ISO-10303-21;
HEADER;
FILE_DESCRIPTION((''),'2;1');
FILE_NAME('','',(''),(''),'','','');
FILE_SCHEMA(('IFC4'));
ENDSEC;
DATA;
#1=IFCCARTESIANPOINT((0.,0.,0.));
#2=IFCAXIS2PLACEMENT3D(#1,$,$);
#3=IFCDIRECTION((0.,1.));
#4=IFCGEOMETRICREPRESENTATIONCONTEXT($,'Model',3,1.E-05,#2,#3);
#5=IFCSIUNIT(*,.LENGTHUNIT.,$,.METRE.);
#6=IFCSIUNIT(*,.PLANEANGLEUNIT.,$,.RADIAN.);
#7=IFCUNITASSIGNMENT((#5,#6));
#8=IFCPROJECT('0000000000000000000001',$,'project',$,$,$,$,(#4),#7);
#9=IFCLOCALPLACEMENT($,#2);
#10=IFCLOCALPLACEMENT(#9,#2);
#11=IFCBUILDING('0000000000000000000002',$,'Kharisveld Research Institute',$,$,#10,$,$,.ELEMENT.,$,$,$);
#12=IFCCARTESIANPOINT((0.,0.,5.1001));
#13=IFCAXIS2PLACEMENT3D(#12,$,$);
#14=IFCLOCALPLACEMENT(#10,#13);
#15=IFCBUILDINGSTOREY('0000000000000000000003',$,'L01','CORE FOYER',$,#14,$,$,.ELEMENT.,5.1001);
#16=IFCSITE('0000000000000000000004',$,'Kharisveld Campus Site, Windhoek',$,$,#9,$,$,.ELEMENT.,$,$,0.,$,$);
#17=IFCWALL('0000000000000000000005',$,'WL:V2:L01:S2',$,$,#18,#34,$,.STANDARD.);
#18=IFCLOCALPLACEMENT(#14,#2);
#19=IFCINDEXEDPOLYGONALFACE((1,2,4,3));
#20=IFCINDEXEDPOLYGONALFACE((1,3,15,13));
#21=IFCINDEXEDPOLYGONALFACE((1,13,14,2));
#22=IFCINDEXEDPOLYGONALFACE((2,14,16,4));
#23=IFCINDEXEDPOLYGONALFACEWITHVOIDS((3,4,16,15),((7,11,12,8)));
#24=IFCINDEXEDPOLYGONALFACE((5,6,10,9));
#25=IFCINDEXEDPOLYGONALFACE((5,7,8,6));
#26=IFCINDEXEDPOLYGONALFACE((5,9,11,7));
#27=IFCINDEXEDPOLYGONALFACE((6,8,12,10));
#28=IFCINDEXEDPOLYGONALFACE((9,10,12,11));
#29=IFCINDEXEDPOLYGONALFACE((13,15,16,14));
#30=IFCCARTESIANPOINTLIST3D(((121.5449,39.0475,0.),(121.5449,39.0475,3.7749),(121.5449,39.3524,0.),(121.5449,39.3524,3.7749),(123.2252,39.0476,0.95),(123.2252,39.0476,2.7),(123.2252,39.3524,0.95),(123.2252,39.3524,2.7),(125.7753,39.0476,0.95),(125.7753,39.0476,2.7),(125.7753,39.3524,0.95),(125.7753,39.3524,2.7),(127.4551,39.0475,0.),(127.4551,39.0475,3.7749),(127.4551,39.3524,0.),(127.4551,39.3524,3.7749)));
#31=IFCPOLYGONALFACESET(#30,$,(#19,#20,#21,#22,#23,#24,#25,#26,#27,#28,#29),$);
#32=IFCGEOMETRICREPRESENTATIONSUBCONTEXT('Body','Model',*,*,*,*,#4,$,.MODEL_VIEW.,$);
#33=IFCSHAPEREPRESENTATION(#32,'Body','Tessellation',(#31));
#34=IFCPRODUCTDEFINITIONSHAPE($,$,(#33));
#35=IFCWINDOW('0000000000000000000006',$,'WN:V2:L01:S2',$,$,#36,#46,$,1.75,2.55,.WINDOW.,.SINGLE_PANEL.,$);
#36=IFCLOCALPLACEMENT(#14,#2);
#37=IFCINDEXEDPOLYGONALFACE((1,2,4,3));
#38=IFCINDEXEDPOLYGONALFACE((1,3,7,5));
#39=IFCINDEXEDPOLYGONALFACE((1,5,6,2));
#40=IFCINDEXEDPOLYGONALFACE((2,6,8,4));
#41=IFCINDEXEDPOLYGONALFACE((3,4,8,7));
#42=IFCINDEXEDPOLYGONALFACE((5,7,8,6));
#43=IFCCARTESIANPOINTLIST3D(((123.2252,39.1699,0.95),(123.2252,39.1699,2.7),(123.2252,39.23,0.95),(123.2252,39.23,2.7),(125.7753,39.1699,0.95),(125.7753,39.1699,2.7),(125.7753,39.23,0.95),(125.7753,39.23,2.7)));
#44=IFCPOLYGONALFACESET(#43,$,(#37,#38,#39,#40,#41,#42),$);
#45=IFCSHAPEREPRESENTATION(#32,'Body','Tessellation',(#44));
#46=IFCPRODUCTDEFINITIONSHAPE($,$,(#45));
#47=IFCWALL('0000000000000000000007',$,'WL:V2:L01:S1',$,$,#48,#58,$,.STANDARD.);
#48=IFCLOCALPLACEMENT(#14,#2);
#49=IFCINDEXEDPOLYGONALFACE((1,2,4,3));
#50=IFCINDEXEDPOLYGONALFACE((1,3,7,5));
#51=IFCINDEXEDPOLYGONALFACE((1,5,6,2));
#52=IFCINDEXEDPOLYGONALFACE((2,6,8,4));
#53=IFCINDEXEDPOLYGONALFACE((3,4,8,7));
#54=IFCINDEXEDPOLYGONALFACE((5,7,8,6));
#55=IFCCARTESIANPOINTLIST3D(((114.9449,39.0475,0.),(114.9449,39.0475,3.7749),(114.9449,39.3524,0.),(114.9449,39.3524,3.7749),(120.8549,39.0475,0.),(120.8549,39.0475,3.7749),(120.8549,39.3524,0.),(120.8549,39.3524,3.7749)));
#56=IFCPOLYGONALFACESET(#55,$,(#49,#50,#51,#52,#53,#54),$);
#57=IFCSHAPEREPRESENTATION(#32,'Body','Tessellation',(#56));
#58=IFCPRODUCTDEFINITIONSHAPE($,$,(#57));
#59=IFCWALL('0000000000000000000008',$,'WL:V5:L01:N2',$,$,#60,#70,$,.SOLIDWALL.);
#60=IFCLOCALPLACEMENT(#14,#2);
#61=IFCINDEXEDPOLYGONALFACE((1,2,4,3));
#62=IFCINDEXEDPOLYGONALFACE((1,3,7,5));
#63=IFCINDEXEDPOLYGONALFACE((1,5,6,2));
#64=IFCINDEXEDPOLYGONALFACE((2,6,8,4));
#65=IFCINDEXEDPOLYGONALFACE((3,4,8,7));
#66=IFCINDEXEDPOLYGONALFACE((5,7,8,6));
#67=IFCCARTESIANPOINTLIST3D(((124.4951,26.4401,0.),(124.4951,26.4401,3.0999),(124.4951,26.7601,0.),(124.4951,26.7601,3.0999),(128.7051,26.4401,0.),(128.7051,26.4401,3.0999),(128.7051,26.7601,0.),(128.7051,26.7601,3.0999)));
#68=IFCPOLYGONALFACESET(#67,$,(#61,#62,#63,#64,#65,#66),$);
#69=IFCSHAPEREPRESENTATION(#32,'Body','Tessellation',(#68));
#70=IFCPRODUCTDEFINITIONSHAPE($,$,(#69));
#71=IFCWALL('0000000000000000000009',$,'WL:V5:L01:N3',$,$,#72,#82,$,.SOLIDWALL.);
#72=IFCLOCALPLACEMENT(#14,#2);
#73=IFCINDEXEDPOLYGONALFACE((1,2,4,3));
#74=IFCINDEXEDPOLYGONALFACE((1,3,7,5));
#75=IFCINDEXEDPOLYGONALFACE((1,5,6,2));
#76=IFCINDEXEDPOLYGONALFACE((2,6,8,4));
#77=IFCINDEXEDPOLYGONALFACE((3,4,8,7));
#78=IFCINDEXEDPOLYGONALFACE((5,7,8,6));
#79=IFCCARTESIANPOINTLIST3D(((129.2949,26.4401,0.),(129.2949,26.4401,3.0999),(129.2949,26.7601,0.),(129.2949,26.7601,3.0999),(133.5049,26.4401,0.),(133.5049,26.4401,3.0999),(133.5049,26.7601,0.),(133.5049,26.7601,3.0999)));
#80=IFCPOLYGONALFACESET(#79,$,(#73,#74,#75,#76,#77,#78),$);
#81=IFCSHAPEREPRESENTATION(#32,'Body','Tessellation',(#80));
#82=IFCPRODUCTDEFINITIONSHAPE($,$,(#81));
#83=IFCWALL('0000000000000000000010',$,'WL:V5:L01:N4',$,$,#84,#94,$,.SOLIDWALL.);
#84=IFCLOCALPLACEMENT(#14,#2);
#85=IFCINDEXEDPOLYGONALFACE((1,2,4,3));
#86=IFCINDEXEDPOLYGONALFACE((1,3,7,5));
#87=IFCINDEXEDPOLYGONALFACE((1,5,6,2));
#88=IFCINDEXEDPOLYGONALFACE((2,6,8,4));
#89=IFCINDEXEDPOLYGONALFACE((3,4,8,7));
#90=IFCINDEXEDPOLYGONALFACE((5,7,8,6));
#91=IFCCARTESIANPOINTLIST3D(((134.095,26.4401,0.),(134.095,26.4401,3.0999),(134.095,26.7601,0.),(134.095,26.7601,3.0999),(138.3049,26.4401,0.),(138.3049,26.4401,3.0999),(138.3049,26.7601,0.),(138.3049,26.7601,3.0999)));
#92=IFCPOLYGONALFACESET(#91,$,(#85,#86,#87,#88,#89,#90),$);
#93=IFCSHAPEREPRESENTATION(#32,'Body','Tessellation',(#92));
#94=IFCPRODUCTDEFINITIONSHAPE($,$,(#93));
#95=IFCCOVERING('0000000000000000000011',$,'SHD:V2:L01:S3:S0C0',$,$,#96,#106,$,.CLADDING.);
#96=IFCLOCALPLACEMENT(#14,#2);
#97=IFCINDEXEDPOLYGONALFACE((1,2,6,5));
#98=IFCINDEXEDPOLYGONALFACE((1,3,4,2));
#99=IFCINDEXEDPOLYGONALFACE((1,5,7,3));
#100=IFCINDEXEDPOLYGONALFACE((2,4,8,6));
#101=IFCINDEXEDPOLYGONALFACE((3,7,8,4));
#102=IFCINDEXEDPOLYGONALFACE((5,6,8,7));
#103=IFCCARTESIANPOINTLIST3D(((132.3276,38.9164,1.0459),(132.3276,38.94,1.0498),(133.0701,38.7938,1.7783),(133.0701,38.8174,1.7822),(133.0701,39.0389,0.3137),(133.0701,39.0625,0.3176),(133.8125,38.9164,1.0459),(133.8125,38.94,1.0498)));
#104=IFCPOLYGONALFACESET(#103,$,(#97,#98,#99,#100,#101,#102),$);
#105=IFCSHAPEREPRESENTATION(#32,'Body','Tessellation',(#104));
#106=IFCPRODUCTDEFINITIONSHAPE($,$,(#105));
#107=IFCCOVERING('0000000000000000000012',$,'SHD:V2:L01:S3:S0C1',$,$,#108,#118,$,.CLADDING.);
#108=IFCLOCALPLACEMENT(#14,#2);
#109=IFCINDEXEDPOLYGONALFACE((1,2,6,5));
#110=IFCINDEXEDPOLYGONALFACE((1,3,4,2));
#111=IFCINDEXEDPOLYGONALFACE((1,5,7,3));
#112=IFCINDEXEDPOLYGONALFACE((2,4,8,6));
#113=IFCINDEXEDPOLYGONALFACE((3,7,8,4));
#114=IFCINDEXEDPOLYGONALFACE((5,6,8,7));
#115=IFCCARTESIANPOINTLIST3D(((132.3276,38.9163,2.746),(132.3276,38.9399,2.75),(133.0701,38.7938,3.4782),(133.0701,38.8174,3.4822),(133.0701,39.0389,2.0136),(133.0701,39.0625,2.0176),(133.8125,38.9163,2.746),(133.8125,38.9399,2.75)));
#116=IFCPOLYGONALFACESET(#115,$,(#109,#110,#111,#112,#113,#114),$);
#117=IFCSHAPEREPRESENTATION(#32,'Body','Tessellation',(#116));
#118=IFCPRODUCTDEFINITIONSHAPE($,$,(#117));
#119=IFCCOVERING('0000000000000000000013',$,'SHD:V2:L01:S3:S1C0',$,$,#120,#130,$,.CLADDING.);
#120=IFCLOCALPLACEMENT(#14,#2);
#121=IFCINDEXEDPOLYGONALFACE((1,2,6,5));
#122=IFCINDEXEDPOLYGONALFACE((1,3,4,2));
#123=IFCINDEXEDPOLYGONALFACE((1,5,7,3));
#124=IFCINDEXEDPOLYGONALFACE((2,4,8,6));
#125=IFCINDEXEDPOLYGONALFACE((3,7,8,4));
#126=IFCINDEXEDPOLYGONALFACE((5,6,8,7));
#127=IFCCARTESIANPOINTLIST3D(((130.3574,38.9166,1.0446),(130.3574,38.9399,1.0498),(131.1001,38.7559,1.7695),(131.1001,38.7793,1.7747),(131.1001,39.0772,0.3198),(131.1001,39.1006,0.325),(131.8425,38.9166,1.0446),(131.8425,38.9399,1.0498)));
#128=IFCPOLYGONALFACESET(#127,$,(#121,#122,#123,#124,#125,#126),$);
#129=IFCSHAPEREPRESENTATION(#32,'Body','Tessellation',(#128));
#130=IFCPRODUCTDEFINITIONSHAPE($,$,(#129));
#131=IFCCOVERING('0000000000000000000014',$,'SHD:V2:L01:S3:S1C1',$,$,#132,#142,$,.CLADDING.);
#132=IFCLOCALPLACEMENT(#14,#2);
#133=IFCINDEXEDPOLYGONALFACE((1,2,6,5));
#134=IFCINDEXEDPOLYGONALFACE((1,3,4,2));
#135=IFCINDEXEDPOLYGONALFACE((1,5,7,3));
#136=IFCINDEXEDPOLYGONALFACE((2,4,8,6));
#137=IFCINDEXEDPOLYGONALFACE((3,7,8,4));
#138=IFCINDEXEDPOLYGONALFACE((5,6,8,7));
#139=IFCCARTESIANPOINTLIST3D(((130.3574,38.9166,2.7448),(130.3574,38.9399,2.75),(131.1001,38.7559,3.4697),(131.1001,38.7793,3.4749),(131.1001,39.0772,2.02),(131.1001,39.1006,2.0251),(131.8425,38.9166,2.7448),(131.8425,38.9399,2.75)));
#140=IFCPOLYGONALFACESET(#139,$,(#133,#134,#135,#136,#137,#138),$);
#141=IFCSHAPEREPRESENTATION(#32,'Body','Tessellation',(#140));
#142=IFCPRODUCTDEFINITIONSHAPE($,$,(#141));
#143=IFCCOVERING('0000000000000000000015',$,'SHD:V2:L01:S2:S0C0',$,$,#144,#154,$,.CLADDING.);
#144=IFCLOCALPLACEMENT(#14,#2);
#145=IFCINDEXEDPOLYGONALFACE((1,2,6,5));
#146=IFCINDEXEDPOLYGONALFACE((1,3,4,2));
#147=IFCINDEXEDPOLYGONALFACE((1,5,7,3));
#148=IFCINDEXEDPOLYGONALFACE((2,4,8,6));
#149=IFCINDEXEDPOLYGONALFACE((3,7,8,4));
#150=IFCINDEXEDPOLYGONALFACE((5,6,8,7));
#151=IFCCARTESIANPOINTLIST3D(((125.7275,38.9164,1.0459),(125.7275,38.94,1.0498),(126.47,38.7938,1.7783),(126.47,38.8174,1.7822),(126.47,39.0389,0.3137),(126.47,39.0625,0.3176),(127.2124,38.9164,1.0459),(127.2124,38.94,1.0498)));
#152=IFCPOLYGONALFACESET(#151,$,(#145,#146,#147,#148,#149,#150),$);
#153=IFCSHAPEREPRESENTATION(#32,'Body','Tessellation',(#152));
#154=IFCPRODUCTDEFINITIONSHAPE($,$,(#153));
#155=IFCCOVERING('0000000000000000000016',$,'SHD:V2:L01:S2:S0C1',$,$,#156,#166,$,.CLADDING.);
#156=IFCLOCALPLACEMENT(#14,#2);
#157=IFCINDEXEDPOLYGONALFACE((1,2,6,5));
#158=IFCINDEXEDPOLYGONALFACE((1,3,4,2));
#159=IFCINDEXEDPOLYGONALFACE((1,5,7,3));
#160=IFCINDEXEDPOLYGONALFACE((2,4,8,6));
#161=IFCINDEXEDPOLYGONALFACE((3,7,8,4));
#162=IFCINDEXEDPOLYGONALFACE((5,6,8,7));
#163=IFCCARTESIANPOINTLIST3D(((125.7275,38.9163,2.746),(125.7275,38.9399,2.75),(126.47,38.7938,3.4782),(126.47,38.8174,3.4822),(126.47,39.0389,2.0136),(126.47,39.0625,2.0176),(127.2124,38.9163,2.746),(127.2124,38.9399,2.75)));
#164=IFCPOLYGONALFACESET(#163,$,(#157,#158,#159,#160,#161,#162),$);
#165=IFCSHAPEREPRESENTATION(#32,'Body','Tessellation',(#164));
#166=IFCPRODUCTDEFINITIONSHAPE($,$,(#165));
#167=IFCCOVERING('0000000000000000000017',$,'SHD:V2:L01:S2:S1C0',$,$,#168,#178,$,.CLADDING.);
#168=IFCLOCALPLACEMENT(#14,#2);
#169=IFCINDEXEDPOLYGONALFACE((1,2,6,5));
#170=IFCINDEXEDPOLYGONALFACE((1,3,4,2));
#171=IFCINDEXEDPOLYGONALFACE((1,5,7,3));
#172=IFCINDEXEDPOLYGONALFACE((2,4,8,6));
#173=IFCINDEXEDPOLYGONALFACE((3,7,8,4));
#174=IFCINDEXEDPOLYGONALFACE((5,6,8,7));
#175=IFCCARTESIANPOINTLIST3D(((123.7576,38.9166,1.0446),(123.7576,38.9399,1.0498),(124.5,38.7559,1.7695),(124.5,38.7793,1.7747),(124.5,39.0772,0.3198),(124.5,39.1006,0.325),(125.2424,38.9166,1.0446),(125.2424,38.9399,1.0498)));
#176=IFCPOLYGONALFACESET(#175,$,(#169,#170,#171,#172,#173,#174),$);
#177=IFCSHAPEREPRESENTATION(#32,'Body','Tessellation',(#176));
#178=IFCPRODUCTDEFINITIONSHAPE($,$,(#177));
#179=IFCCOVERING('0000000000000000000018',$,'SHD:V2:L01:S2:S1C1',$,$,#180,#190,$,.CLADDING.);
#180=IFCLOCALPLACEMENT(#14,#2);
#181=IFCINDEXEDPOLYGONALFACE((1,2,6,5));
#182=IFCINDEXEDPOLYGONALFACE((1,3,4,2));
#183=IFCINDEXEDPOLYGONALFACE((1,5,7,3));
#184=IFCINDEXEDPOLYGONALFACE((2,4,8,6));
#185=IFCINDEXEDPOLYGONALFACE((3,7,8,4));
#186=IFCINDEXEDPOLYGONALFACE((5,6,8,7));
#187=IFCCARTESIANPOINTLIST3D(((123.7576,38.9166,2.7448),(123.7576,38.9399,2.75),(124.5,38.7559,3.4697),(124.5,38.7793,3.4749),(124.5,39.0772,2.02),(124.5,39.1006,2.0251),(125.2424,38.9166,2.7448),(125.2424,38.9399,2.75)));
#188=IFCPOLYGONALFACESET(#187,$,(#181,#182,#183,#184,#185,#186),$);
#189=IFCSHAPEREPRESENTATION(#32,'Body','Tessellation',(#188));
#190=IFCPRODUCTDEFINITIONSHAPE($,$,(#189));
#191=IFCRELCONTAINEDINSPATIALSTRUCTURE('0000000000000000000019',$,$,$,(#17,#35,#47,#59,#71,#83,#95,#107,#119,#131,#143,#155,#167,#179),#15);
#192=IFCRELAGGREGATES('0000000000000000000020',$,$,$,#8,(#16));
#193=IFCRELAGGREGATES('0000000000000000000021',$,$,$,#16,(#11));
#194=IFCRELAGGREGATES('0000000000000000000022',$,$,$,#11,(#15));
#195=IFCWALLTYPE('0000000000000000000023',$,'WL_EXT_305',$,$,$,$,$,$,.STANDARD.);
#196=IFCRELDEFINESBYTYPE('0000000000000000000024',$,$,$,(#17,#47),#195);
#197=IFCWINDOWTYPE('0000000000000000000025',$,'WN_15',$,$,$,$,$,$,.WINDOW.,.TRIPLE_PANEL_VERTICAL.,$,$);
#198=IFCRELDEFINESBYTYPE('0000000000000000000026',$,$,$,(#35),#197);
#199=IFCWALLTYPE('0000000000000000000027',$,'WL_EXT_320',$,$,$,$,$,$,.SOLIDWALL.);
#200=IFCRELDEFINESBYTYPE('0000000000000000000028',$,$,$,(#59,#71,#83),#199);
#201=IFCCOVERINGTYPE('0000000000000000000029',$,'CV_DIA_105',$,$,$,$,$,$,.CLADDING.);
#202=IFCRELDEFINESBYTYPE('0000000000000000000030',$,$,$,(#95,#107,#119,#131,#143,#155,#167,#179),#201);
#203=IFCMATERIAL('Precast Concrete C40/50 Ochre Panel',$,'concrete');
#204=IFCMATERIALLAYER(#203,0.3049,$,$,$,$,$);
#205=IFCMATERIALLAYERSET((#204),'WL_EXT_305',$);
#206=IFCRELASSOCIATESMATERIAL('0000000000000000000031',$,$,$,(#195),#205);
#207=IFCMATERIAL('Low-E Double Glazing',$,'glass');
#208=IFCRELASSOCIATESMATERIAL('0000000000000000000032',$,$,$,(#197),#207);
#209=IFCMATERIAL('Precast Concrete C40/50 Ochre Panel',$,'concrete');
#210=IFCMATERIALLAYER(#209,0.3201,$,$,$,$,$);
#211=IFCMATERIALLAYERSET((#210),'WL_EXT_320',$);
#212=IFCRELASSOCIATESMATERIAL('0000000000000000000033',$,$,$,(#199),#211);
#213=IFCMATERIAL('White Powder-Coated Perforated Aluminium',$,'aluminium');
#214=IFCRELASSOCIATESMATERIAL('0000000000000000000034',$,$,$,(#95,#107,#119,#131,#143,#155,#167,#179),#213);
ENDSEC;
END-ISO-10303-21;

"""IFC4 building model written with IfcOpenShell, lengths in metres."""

from ifc_helpers import new_model, si_unit, direction, frame, frame_2d, origin, place, context, subcontext, project, spatial, polyline, rectangle, outline, extrude, material, layer, layer_set, type_object, element, fill, save


model = new_model("IFC4")

# Units and contexts
model_context = context("Model", 3, precision=1e-05, world=origin(), true_north=direction((0.0, 1.0)))
body_context = subcontext(model_context, "Body", "Model", "MODEL_VIEW")
ifc_project = project(units=[si_unit("LENGTHUNIT", "METRE"), si_unit("PLANEANGLEUNIT", "RADIAN")], contexts=[model_context])

# Site, building, storey
site_placement = place(None, origin())
site = spatial("IfcSite", under=ifc_project, at=site_placement, Name="Kharisveld Campus Site, Windhoek", CompositionType="ELEMENT", RefElevation=0.0)
building_placement = place(site_placement, origin())
building = spatial("IfcBuilding", under=site, at=building_placement, Name="Kharisveld Research Institute", CompositionType="ELEMENT")
storey_placement = place(building_placement, frame((0.0, 0.0, 5.1001)))
storey = spatial("IfcBuildingStorey", under=building, at=storey_placement, Name="L01", Description="CORE FOYER", CompositionType="ELEMENT", Elevation=5.1001)

# Wall, opening, window
ifc_material_1 = material(Name="Precast Concrete C40/50 Ochre Panel", Category="concrete")
ifc_layer_1 = layer(ifc_material_1, 0.3049)
ifc_layer_set_1 = layer_set([ifc_layer_1], Name="WL_EXT_305")
wall_type_1 = type_object("IfcWallType", Name="WL_EXT_305", PredefinedType="STANDARD", material=ifc_layer_set_1)
wall_1_placement = place(storey_placement, frame((127.4551, 39.2, 0.0), z_axis=(0.0, 0.0, 1.0), x_axis=(-1.0, 0.0, 0.0)))
wall_1 = element("IfcWall", 1, at=wall_1_placement, inside=storey, type_object=wall_type_1, Name="WL:V2:L01:S2", PredefinedType="STANDARD", context=body_context, shape_type="SweptSolid", body=[
    extrude(rectangle(XDim=5.9102, YDim=0.3049, at=frame_2d((2.9551, 0.0))), origin(), (0.0, 0.0, 1.0), 3.7749),
])
opening_1_placement = place(wall_1_placement, frame((1.6799, 0.0, 0.95)))
opening_1 = element("IfcOpeningElement", 2, at=opening_1_placement, cuts=wall_1, PredefinedType="OPENING", context=body_context, shape_type="SweptSolid", body=[
    extrude(rectangle(XDim=2.55, YDim=1.75, at=frame_2d((1.2749, 0.875))), frame((0.0, 0.1523, 0.0), z_axis=(0.0, -1.0, 0.0), x_axis=(1.0, 0.0, 0.0)), (0.0, 0.0, 1.0), 0.3049),
])
ifc_material_2 = material(Name="Low-E Double Glazing", Category="glass")
window_type_1 = type_object("IfcWindowType", Name="WN_15", PartitioningType="TRIPLE_PANEL_VERTICAL", PredefinedType="WINDOW", material=ifc_material_2)
window_1_placement = place(opening_1_placement, origin())
window_1 = element("IfcWindow", 3, at=window_1_placement, inside=storey, type_object=window_type_1, Name="WN:V2:L01:S2", OverallHeight=1.75, OverallWidth=2.55, PartitioningType="SINGLE_PANEL", PredefinedType="WINDOW", context=body_context, shape_type="SweptSolid", body=[
    extrude(rectangle(XDim=2.55, YDim=1.75, at=frame_2d((1.2749, 0.875))), frame((0.0, 0.03, 0.0), z_axis=(0.0, -1.0, 0.0), x_axis=(1.0, 0.0, 0.0)), (0.0, 0.0, 1.0), 0.0601),
])
fill(opening_1, window_1)

# Walls
wall_2_placement = place(storey_placement, frame((120.855, 39.2, 0.0), z_axis=(0.0, 0.0, 1.0), x_axis=(-1.0, 0.0, 0.0)))
element("IfcWall", 4, at=wall_2_placement, inside=storey, type_object=wall_type_1, Name="WL:V2:L01:S1", PredefinedType="STANDARD", context=body_context, shape_type="SweptSolid", body=[
    extrude(rectangle(XDim=5.9099, YDim=0.3049, at=frame_2d((2.9551, 0.0))), origin(), (0.0, 0.0, 1.0), 3.7749),
])
ifc_material_3 = material(Name="Precast Concrete C40/50 Ochre Panel", Category="concrete")
ifc_layer_2 = layer(ifc_material_3, 0.3201)
ifc_layer_set_2 = layer_set([ifc_layer_2], Name="WL_EXT_320")
wall_type_2 = type_object("IfcWallType", Name="WL_EXT_320", PredefinedType="SOLIDWALL", material=ifc_layer_set_2)
for number, where, z_axis, x_axis, name in (
    (5, (124.4951, 26.6001, 0.0), (0.0, 0.0, 1.0), (1.0, 0.0, 0.0), "WL:V5:L01:N2"),
    (6, (129.2949, 26.6001, 0.0), (0.0, 0.0, 1.0), (1.0, 0.0, 0.0), "WL:V5:L01:N3"),
    (7, (134.095, 26.6001, 0.0), (0.0, 0.0, 1.0), (1.0, 0.0, 0.0), "WL:V5:L01:N4"),
):
    element("IfcWall", number, at=place(storey_placement, frame(where, z_axis=z_axis, x_axis=x_axis)), inside=storey, type_object=wall_type_2, Name=name, PredefinedType="SOLIDWALL", context=body_context, shape_type="SweptSolid", body=[
        extrude(rectangle(XDim=4.21, YDim=0.3201, at=frame_2d((2.105, 0.0))), origin(), (0.0, 0.0, 1.0), 3.0999),
    ])

# Coverings
ifc_material_4 = material(Name="White Powder-Coated Perforated Aluminium", Category="aluminium")
covering_type = type_object("IfcCoveringType", Name="CV_DIA_105", PredefinedType="CLADDING")
covering_1_placement = place(storey_placement, frame((133.0701, 39.0625, 0.3176), z_axis=(0.0, 0.986283, 0.165065), x_axis=(-0.707139, -0.116714, 0.697376)))
element("IfcCovering", 8, at=covering_1_placement, inside=storey, type_object=covering_type, material=ifc_material_4, Name="SHD:V2:L01:S3:S0C0", PredefinedType="CLADDING", context=body_context, shape_type="SweptSolid", body=[
    extrude(outline(polyline([(0.0, 0.0), (1.0499, 0.0), (1.05, 1.0501), (-0.0001, 1.0499), (0.0, 0.0)])), origin(), (0.0, 0.0, -1.0), 0.0239),
])
covering_2_placement = place(storey_placement, frame((133.0701, 39.0625, 2.0176), z_axis=(0.0, 0.986283, 0.165065), x_axis=(-0.707024, -0.116733, 0.697489)))
element("IfcCovering", 9, at=covering_2_placement, inside=storey, type_object=covering_type, material=ifc_material_4, Name="SHD:V2:L01:S3:S0C1", PredefinedType="CLADDING", context=body_context, shape_type="SweptSolid", body=[
    extrude(outline(polyline([(0.0, 0.0), (1.0501, 0.0), (1.0502, 1.0499), (0.0002, 1.0501), (0.0, 0.0)])), origin(), (0.0, 0.0, -1.0), 0.0239),
])
for number, where, z_axis, x_axis, name in (
    (10, (131.1001, 39.1006, 0.325), (0.0, 0.976311, 0.216373), (-0.707218, -0.152975, 0.690247), "SHD:V2:L01:S3:S1C0"),
    (11, (131.1001, 39.1006, 2.0251), (0.0, 0.976311, 0.216373), (-0.707218, -0.152975, 0.690247), "SHD:V2:L01:S3:S1C1"),
):
    element("IfcCovering", number, at=place(storey_placement, frame(where, z_axis=z_axis, x_axis=x_axis)), inside=storey, type_object=covering_type, material=ifc_material_4, Name=name, PredefinedType="CLADDING", context=body_context, shape_type="SweptSolid", body=[
        extrude(outline(polyline([(0.0, 0.0), (1.0501, 0.0), (1.0498, 1.0501), (-0.0002, 1.05), (0.0, 0.0)])), origin(), (0.0, 0.0, -1.0), 0.0239),
    ])
covering_3_placement = place(storey_placement, frame((126.47, 39.0625, 0.3176), z_axis=(0.0, 0.986283, 0.165065), x_axis=(-0.707139, -0.116714, 0.697376)))
element("IfcCovering", 12, at=covering_3_placement, inside=storey, type_object=covering_type, material=ifc_material_4, Name="SHD:V2:L01:S2:S0C0", PredefinedType="CLADDING", context=body_context, shape_type="SweptSolid", body=[
    extrude(outline(polyline([(0.0, 0.0), (1.0499, 0.0), (1.05, 1.0501), (-0.0001, 1.0499), (0.0, 0.0)])), origin(), (0.0, 0.0, -1.0), 0.0239),
])
covering_4_placement = place(storey_placement, frame((126.47, 39.0625, 2.0176), z_axis=(0.0, 0.986283, 0.165065), x_axis=(-0.707024, -0.116733, 0.697489)))
element("IfcCovering", 13, at=covering_4_placement, inside=storey, type_object=covering_type, material=ifc_material_4, Name="SHD:V2:L01:S2:S0C1", PredefinedType="CLADDING", context=body_context, shape_type="SweptSolid", body=[
    extrude(outline(polyline([(0.0, 0.0), (1.0501, 0.0), (1.0502, 1.0499), (0.0002, 1.0501), (0.0, 0.0)])), origin(), (0.0, 0.0, -1.0), 0.0239),
])
for number, where, z_axis, x_axis, name in (
    (14, (124.5, 39.1006, 0.325), (0.0, 0.976311, 0.216373), (-0.707102, -0.153, 0.69036), "SHD:V2:L01:S2:S1C0"),
    (15, (124.5, 39.1006, 2.0251), (0.0, 0.976311, 0.216373), (-0.707102, -0.153, 0.69036), "SHD:V2:L01:S2:S1C1"),
):
    element("IfcCovering", number, at=place(storey_placement, frame(where, z_axis=z_axis, x_axis=x_axis)), inside=storey, type_object=covering_type, material=ifc_material_4, Name=name, PredefinedType="CLADDING", context=body_context, shape_type="SweptSolid", body=[
        extrude(outline(polyline([(0.0, 0.0), (1.05, 0.0), (1.05, 1.05), (0.0, 1.05), (0.0, 0.0)])), origin(), (0.0, 0.0, -1.0), 0.0239),
    ])

save(model, "model.ifc")
